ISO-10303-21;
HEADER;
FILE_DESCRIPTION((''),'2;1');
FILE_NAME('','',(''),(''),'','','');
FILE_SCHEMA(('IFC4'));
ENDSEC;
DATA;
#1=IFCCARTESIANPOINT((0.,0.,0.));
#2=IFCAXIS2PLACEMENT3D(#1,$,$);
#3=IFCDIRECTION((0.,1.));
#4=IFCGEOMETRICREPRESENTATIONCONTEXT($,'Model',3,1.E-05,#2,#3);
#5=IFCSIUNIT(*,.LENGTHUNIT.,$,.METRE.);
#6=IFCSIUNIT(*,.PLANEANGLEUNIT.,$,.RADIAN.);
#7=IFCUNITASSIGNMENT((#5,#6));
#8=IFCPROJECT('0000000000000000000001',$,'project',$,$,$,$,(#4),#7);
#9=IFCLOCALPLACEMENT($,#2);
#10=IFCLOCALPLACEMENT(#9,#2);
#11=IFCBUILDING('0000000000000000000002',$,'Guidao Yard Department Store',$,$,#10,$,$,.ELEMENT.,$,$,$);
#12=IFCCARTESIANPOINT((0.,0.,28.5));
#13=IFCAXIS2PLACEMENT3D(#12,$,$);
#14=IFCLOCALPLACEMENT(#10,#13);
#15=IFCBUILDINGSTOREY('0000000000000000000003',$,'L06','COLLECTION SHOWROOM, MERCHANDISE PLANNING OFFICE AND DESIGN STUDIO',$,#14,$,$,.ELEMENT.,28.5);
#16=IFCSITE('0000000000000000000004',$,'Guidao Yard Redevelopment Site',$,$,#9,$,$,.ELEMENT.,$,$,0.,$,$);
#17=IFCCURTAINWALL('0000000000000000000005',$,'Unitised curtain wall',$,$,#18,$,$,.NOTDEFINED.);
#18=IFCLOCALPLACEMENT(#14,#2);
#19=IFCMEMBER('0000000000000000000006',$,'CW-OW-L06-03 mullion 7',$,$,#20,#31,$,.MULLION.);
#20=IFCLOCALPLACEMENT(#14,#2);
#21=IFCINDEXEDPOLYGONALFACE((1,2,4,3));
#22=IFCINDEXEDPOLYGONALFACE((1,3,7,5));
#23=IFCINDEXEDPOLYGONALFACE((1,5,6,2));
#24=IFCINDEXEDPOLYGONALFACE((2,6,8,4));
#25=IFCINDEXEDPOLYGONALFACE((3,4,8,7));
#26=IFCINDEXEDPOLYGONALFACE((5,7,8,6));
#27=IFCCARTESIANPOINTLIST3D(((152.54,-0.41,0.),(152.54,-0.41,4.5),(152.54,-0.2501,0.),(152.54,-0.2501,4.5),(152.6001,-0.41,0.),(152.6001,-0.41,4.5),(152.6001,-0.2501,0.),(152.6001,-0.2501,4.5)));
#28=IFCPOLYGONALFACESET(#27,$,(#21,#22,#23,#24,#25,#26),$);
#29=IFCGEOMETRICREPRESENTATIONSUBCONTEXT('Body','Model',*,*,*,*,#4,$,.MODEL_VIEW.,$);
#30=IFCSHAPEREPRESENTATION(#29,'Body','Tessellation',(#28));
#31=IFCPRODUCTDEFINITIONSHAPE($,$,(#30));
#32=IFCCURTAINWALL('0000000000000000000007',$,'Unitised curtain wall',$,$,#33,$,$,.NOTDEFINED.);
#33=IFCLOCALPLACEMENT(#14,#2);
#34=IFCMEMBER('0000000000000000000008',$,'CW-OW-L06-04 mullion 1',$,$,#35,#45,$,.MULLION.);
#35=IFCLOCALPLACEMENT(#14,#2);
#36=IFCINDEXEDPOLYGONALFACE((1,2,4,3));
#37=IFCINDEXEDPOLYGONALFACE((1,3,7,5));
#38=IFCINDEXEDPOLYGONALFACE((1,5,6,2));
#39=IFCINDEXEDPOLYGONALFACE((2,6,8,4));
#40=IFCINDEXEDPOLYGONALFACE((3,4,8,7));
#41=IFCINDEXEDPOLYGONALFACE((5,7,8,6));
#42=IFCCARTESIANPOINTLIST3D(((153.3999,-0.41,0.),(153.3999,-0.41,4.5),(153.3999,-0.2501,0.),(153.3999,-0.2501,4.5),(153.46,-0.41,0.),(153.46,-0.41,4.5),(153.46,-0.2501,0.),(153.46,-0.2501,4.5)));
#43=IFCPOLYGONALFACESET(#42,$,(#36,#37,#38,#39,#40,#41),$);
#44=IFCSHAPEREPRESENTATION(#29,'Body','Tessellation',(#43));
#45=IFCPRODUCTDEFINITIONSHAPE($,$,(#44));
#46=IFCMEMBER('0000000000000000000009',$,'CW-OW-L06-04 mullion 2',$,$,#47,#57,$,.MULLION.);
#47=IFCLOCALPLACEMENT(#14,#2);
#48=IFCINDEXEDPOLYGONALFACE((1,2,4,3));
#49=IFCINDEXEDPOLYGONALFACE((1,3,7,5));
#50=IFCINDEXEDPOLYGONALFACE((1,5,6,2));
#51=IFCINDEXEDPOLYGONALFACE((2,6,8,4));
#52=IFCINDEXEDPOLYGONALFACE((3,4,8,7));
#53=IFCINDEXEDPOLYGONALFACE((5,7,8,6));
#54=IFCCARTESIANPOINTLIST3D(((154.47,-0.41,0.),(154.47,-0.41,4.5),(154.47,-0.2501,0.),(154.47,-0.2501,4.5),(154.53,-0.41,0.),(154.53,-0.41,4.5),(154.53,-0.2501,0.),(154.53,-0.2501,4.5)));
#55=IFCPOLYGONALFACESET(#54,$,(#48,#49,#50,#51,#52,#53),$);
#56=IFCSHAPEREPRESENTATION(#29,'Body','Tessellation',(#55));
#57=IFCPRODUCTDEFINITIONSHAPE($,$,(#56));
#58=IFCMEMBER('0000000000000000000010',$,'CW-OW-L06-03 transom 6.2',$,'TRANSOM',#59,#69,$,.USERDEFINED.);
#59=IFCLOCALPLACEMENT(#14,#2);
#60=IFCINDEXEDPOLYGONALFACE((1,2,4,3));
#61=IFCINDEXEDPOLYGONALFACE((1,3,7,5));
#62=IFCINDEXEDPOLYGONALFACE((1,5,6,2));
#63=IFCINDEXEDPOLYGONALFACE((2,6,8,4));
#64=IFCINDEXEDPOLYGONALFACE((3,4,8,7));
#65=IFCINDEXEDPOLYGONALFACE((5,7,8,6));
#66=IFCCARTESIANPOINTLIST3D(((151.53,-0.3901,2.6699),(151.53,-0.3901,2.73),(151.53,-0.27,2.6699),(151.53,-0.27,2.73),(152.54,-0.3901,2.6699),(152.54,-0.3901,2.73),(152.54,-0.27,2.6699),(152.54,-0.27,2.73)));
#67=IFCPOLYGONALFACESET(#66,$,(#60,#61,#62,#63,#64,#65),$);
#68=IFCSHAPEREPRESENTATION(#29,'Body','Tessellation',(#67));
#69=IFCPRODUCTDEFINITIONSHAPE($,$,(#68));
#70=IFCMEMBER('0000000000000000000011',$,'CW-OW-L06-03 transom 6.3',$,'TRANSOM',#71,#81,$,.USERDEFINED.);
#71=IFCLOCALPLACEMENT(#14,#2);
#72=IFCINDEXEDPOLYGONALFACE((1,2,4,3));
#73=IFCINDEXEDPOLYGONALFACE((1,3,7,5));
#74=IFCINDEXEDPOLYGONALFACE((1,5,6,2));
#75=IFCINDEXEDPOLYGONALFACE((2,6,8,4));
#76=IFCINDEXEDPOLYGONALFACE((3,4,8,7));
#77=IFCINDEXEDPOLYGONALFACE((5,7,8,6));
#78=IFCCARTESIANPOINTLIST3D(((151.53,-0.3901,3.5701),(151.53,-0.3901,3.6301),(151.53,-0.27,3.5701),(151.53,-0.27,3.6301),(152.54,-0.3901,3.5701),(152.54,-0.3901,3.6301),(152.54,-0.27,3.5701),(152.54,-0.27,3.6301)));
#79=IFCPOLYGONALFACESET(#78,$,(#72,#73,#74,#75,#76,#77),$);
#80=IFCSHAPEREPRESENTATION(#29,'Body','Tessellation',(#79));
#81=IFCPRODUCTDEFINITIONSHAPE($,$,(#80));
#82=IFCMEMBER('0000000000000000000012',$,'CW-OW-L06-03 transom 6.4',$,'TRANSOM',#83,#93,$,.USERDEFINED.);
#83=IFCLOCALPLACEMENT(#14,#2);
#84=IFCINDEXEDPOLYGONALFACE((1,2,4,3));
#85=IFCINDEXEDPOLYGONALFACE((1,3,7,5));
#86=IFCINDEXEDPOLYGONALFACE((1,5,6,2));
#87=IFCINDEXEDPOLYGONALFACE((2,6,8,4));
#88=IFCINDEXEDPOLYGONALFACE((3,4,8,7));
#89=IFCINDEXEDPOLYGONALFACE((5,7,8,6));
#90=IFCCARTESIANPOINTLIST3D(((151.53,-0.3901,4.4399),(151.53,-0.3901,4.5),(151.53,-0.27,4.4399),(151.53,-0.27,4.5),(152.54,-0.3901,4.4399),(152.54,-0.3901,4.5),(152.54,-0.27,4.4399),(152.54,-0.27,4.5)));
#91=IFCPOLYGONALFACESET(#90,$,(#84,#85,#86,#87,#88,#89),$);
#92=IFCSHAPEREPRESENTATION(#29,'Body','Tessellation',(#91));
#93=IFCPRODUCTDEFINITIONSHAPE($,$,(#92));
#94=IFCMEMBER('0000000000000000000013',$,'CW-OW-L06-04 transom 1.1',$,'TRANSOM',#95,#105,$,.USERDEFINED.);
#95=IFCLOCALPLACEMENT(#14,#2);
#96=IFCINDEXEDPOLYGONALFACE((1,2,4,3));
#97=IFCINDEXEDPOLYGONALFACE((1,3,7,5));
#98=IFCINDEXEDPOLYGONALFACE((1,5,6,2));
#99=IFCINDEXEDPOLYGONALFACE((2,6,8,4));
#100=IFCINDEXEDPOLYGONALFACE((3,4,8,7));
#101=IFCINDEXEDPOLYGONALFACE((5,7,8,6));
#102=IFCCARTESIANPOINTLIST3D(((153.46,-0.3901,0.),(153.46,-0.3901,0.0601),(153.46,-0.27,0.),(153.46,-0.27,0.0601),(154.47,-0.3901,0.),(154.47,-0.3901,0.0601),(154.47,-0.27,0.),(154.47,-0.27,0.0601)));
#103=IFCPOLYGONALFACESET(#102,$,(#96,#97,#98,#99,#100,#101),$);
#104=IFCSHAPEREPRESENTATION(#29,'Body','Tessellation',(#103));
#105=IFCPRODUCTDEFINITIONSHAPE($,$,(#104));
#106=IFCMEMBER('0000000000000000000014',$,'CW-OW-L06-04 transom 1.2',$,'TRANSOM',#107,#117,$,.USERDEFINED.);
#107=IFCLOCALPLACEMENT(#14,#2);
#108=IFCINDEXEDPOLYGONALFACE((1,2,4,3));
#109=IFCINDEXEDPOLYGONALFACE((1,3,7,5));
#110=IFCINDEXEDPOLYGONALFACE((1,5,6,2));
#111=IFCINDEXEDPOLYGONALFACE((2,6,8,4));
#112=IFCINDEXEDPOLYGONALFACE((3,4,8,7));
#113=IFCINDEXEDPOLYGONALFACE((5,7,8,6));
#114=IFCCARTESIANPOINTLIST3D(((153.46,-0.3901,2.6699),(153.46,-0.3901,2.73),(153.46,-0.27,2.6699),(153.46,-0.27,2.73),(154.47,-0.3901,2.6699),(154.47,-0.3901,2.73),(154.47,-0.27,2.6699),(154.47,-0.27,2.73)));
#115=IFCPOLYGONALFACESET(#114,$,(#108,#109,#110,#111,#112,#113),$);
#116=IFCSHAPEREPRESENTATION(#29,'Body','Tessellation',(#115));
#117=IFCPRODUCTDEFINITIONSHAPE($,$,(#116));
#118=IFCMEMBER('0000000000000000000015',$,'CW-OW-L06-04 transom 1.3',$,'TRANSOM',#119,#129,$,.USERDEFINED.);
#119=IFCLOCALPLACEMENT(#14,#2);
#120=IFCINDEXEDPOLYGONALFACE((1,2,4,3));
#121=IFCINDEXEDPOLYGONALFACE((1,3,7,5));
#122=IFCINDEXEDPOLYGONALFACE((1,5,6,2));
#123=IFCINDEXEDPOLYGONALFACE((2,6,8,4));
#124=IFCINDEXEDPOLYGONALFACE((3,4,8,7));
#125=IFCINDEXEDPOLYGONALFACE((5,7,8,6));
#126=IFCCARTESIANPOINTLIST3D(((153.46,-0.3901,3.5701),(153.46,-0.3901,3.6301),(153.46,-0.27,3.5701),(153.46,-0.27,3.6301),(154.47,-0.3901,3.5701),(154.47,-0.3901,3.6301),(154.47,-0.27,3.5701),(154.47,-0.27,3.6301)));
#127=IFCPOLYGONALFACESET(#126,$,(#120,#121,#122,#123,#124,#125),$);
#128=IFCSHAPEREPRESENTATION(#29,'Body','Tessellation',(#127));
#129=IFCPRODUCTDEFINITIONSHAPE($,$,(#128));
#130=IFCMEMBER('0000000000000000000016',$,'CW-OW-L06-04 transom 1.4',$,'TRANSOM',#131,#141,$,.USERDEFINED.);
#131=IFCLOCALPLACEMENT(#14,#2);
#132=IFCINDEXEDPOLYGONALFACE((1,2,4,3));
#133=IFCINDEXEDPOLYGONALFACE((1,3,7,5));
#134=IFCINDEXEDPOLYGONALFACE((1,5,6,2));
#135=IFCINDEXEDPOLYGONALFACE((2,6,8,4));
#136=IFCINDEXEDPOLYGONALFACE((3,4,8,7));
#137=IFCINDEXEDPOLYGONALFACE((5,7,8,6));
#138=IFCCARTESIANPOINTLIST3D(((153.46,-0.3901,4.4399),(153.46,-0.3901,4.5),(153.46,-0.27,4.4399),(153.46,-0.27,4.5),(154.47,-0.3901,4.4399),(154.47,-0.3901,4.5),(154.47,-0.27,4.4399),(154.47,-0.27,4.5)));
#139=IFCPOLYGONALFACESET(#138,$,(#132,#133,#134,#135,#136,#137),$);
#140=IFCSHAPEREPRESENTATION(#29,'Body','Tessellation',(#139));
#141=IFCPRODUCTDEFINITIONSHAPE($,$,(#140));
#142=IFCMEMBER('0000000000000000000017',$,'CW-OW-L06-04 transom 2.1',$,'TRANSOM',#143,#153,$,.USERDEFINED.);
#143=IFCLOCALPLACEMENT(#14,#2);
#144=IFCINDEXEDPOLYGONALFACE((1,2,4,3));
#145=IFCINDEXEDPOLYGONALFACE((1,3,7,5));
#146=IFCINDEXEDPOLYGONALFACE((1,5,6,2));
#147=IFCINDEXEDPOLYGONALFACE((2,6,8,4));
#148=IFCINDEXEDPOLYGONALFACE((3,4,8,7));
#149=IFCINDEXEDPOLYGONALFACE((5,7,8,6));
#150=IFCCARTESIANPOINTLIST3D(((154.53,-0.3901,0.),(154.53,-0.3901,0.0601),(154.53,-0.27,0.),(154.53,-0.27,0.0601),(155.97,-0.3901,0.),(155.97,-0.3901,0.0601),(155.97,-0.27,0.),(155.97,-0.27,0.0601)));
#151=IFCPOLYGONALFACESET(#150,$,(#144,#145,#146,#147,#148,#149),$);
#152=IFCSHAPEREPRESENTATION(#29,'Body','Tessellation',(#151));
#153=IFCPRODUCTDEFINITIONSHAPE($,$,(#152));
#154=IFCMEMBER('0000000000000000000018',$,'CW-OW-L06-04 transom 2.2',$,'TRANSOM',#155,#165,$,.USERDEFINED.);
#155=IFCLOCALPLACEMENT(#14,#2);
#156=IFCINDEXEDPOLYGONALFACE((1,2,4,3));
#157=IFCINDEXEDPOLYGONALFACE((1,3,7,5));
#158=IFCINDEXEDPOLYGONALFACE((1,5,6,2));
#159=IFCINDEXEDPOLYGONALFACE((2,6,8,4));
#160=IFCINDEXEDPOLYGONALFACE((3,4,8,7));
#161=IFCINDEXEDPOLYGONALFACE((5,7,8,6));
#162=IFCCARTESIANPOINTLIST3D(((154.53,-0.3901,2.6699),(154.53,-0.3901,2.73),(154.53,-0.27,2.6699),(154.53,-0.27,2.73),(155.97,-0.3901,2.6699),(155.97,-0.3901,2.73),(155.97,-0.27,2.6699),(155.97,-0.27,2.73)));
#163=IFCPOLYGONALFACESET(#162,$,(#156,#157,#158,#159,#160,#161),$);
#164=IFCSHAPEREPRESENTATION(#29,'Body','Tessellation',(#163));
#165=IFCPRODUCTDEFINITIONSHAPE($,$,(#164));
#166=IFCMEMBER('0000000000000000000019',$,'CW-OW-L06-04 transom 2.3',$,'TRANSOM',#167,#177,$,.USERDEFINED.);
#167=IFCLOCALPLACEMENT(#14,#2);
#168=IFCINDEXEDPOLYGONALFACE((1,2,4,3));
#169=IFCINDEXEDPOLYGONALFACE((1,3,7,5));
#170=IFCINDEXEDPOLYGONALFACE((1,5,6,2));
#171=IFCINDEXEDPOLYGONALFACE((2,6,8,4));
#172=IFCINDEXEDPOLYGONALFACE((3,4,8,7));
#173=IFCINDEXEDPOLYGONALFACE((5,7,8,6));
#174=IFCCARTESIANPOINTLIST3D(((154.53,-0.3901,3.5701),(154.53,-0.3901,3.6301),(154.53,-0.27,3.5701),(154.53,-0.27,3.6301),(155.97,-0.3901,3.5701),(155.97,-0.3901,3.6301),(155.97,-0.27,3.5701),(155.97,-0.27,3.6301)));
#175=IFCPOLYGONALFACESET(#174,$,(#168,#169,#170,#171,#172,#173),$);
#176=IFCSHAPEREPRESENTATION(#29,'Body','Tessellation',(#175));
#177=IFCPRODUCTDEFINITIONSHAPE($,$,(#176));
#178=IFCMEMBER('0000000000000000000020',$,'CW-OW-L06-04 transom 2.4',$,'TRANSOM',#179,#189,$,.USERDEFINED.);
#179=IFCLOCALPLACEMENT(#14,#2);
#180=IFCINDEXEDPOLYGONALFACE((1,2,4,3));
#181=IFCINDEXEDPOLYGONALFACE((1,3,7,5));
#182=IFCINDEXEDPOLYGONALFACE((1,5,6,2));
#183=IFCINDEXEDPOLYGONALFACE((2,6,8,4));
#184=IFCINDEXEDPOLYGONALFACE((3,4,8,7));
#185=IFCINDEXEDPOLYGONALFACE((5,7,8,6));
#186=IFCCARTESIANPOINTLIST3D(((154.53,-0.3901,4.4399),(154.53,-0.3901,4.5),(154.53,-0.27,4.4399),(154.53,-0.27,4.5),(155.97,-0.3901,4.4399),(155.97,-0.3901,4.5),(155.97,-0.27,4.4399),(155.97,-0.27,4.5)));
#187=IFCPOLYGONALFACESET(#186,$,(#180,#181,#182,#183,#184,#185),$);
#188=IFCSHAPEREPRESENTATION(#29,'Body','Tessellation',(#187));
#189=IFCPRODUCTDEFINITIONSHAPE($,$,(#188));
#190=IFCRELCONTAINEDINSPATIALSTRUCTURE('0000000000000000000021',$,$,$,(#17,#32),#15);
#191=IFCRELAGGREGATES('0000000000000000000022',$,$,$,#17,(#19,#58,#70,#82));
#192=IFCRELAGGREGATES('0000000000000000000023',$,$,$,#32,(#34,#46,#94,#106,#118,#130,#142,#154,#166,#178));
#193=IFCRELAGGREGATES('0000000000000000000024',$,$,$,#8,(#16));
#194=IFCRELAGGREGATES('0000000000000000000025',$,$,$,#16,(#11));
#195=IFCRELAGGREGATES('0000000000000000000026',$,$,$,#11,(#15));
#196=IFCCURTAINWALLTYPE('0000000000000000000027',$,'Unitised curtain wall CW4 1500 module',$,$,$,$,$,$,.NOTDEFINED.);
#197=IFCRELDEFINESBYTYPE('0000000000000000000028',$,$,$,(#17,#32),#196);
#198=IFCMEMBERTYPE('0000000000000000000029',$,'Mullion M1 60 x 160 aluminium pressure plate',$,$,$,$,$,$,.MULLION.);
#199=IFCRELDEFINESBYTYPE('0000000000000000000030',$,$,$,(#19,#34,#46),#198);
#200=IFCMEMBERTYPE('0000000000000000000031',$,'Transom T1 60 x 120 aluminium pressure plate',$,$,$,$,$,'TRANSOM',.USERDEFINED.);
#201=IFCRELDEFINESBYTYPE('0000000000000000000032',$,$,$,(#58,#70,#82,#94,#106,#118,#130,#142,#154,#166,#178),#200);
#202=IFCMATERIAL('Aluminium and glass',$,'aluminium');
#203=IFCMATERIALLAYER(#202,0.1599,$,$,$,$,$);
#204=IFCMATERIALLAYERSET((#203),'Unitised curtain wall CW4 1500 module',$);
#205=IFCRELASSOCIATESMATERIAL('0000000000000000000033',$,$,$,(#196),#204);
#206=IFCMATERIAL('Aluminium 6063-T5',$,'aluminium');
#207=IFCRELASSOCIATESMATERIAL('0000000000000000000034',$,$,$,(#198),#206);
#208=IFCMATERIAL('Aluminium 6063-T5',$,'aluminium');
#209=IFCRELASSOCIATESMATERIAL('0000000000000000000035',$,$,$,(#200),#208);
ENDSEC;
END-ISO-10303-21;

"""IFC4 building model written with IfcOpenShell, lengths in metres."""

from ifc_helpers import new_model, si_unit, direction, frame, origin, origin_2d, place, context, subcontext, project, spatial, rectangle, extrude, material, layer, layer_set, material_profile, profile_set, type_object, element, aggregate, save


model = new_model("IFC4")

# Units and contexts
model_context = context("Model", 3, precision=1e-05, world=origin(), true_north=direction((0.0, 1.0)))
body_context = subcontext(model_context, "Body", "Model", "MODEL_VIEW")
ifc_project = project(units=[si_unit("LENGTHUNIT", "METRE"), si_unit("PLANEANGLEUNIT", "RADIAN")], contexts=[model_context])

# Site, building, storey
site_placement = place(None, origin())
site = spatial("IfcSite", under=ifc_project, at=site_placement, Name="Guidao Yard Redevelopment Site", CompositionType="ELEMENT", RefElevation=0.0)
building_placement = place(site_placement, origin())
building = spatial("IfcBuilding", under=site, at=building_placement, Name="Guidao Yard Department Store", CompositionType="ELEMENT")
storey_placement = place(building_placement, frame((0.0, 0.0, 28.5)))
storey = spatial("IfcBuildingStorey", under=building, at=storey_placement, Name="L06", Description="COLLECTION SHOWROOM, MERCHANDISE PLANNING OFFICE AND DESIGN STUDIO", CompositionType="ELEMENT", Elevation=28.5)

# Curtain wall, member
ifc_material_1 = material(Name="Aluminium and glass", Category="aluminium")
ifc_layer_1 = layer(ifc_material_1, 0.1599)
ifc_layer_set_1 = layer_set([ifc_layer_1], Name="Unitised curtain wall CW4 1500 module")
curtain_wall_type = type_object("IfcCurtainWallType", Name="Unitised curtain wall CW4 1500 module", PredefinedType="NOTDEFINED", material=ifc_layer_set_1)
curtain_wall_1_placement = place(storey_placement, origin())
curtain_wall_1 = element("IfcCurtainWall", 1, at=curtain_wall_1_placement, inside=storey, type_object=curtain_wall_type, Name="Unitised curtain wall", PredefinedType="NOTDEFINED")
ifc_material_2 = material(Name="Aluminium 6063-T5", Category="aluminium")
ifc_material_profile_1 = material_profile(ifc_material_2, rectangle(XDim=0.0601, YDim=0.1599, at=origin_2d()), Name="Mullion M1 60 x 160 aluminium pressure plate")
ifc_profile_set_1 = profile_set([ifc_material_profile_1], Name="Aluminium 6063-T5")
member_type_1 = type_object("IfcMemberType", Name="Mullion M1 60 x 160 aluminium pressure plate", PredefinedType="MULLION", material=ifc_profile_set_1)
member_1_placement = place(storey_placement, frame((152.5701, -0.3301, 0.0), z_axis=(0.0, 0.0, 1.0), x_axis=(-1.0, 0.0, 0.0)))
member_1 = element("IfcMember", 2, at=member_1_placement, type_object=member_type_1, Name="CW-OW-L06-03 mullion 7", PredefinedType="MULLION", context=body_context, shape_type="SweptSolid", body=[
    extrude(rectangle(XDim=0.0601, YDim=0.1599, at=origin_2d()), origin(), (0.0, 0.0, 1.0), 4.5),
])

# Curtain wall, members
curtain_wall_2_placement = place(storey_placement, origin())
curtain_wall_2 = element("IfcCurtainWall", 3, at=curtain_wall_2_placement, inside=storey, type_object=curtain_wall_type, Name="Unitised curtain wall", PredefinedType="NOTDEFINED")
member_2_placement = place(storey_placement, frame((153.4299, -0.3301, 0.0), z_axis=(0.0, 0.0, 1.0), x_axis=(-1.0, 0.0, 0.0)))
member_2 = element("IfcMember", 4, at=member_2_placement, type_object=member_type_1, Name="CW-OW-L06-04 mullion 1", PredefinedType="MULLION", context=body_context, shape_type="SweptSolid", body=[
    extrude(rectangle(XDim=0.0601, YDim=0.1599, at=origin_2d()), origin(), (0.0, 0.0, 1.0), 4.5),
])
member_3_placement = place(storey_placement, frame((154.5, -0.3301, 0.0), z_axis=(0.0, 0.0, 1.0), x_axis=(-1.0, 0.0, 0.0)))
member_3 = element("IfcMember", 5, at=member_3_placement, type_object=member_type_1, Name="CW-OW-L06-04 mullion 2", PredefinedType="MULLION", context=body_context, shape_type="SweptSolid", body=[
    extrude(rectangle(XDim=0.0601, YDim=0.1599, at=origin_2d()), origin(), (0.0, 0.0, 1.0), 4.5),
])

# Members
ifc_material_3 = material(Name="Aluminium 6063-T5", Category="aluminium")
ifc_material_profile_2 = material_profile(ifc_material_3, rectangle(XDim=0.1201, YDim=0.0601, at=origin_2d()), Name="Transom T1 60 x 120 aluminium pressure plate")
ifc_profile_set_2 = profile_set([ifc_material_profile_2], Name="Aluminium 6063-T5")
member_type_2 = type_object("IfcMemberType", Name="Transom T1 60 x 120 aluminium pressure plate", ElementType="TRANSOM", PredefinedType="USERDEFINED", material=ifc_profile_set_2)
member_4_placement = place(storey_placement, frame((152.54, -0.3301, 2.7), z_axis=(-1.0, 0.0, 0.0), x_axis=(0.0, -1.0, 0.0)))
member_4 = element("IfcMember", 6, at=member_4_placement, type_object=member_type_2, Name="CW-OW-L06-03 transom 6.2", ObjectType="TRANSOM", PredefinedType="USERDEFINED", context=body_context, shape_type="SweptSolid", body=[
    extrude(rectangle(XDim=0.1201, YDim=0.0601, at=origin_2d()), origin(), (0.0, 0.0, 1.0), 1.01),
])
member_5_placement = place(storey_placement, frame((152.54, -0.3301, 3.6001), z_axis=(-1.0, 0.0, 0.0), x_axis=(0.0, -1.0, 0.0)))
member_5 = element("IfcMember", 7, at=member_5_placement, type_object=member_type_2, Name="CW-OW-L06-03 transom 6.3", ObjectType="TRANSOM", PredefinedType="USERDEFINED", context=body_context, shape_type="SweptSolid", body=[
    extrude(rectangle(XDim=0.1201, YDim=0.0601, at=origin_2d()), origin(), (0.0, 0.0, 1.0), 1.01),
])
member_6_placement = place(storey_placement, frame((152.54, -0.3301, 4.47), z_axis=(-1.0, 0.0, 0.0), x_axis=(0.0, -1.0, 0.0)))
member_6 = element("IfcMember", 8, at=member_6_placement, type_object=member_type_2, Name="CW-OW-L06-03 transom 6.4", ObjectType="TRANSOM", PredefinedType="USERDEFINED", context=body_context, shape_type="SweptSolid", body=[
    extrude(rectangle(XDim=0.1201, YDim=0.0601, at=origin_2d()), origin(), (0.0, 0.0, 1.0), 1.01),
])
aggregate(curtain_wall_1, [member_1, member_4, member_5, member_6])
member_7_placement = place(storey_placement, frame((154.47, -0.3301, 0.03), z_axis=(-1.0, 0.0, 0.0), x_axis=(0.0, -1.0, 0.0)))
member_7 = element("IfcMember", 9, at=member_7_placement, type_object=member_type_2, Name="CW-OW-L06-04 transom 1.1", ObjectType="TRANSOM", PredefinedType="USERDEFINED", context=body_context, shape_type="SweptSolid", body=[
    extrude(rectangle(XDim=0.1201, YDim=0.0601, at=origin_2d()), origin(), (0.0, 0.0, 1.0), 1.01),
])
member_8_placement = place(storey_placement, frame((154.47, -0.3301, 2.7), z_axis=(-1.0, 0.0, 0.0), x_axis=(0.0, -1.0, 0.0)))
member_8 = element("IfcMember", 10, at=member_8_placement, type_object=member_type_2, Name="CW-OW-L06-04 transom 1.2", ObjectType="TRANSOM", PredefinedType="USERDEFINED", context=body_context, shape_type="SweptSolid", body=[
    extrude(rectangle(XDim=0.1201, YDim=0.0601, at=origin_2d()), origin(), (0.0, 0.0, 1.0), 1.01),
])
member_9_placement = place(storey_placement, frame((154.47, -0.3301, 3.6001), z_axis=(-1.0, 0.0, 0.0), x_axis=(0.0, -1.0, 0.0)))
member_9 = element("IfcMember", 11, at=member_9_placement, type_object=member_type_2, Name="CW-OW-L06-04 transom 1.3", ObjectType="TRANSOM", PredefinedType="USERDEFINED", context=body_context, shape_type="SweptSolid", body=[
    extrude(rectangle(XDim=0.1201, YDim=0.0601, at=origin_2d()), origin(), (0.0, 0.0, 1.0), 1.01),
])
member_10_placement = place(storey_placement, frame((154.47, -0.3301, 4.47), z_axis=(-1.0, 0.0, 0.0), x_axis=(0.0, -1.0, 0.0)))
member_10 = element("IfcMember", 12, at=member_10_placement, type_object=member_type_2, Name="CW-OW-L06-04 transom 1.4", ObjectType="TRANSOM", PredefinedType="USERDEFINED", context=body_context, shape_type="SweptSolid", body=[
    extrude(rectangle(XDim=0.1201, YDim=0.0601, at=origin_2d()), origin(), (0.0, 0.0, 1.0), 1.01),
])
member_11_placement = place(storey_placement, frame((155.97, -0.3301, 0.03), z_axis=(-1.0, 0.0, 0.0), x_axis=(0.0, -1.0, 0.0)))
member_11 = element("IfcMember", 13, at=member_11_placement, type_object=member_type_2, Name="CW-OW-L06-04 transom 2.1", ObjectType="TRANSOM", PredefinedType="USERDEFINED", context=body_context, shape_type="SweptSolid", body=[
    extrude(rectangle(XDim=0.1201, YDim=0.0601, at=origin_2d()), origin(), (0.0, 0.0, 1.0), 1.4399),
])
member_12_placement = place(storey_placement, frame((155.97, -0.3301, 2.7), z_axis=(-1.0, 0.0, 0.0), x_axis=(0.0, -1.0, 0.0)))
member_12 = element("IfcMember", 14, at=member_12_placement, type_object=member_type_2, Name="CW-OW-L06-04 transom 2.2", ObjectType="TRANSOM", PredefinedType="USERDEFINED", context=body_context, shape_type="SweptSolid", body=[
    extrude(rectangle(XDim=0.1201, YDim=0.0601, at=origin_2d()), origin(), (0.0, 0.0, 1.0), 1.4399),
])
member_13_placement = place(storey_placement, frame((155.97, -0.3301, 3.6001), z_axis=(-1.0, 0.0, 0.0), x_axis=(0.0, -1.0, 0.0)))
member_13 = element("IfcMember", 15, at=member_13_placement, type_object=member_type_2, Name="CW-OW-L06-04 transom 2.3", ObjectType="TRANSOM", PredefinedType="USERDEFINED", context=body_context, shape_type="SweptSolid", body=[
    extrude(rectangle(XDim=0.1201, YDim=0.0601, at=origin_2d()), origin(), (0.0, 0.0, 1.0), 1.4399),
])
member_14_placement = place(storey_placement, frame((155.97, -0.3301, 4.47), z_axis=(-1.0, 0.0, 0.0), x_axis=(0.0, -1.0, 0.0)))
member_14 = element("IfcMember", 16, at=member_14_placement, type_object=member_type_2, Name="CW-OW-L06-04 transom 2.4", ObjectType="TRANSOM", PredefinedType="USERDEFINED", context=body_context, shape_type="SweptSolid", body=[
    extrude(rectangle(XDim=0.1201, YDim=0.0601, at=origin_2d()), origin(), (0.0, 0.0, 1.0), 1.4399),
])

aggregate(curtain_wall_2, [member_2, member_3, member_7, member_8, member_9, member_10, member_11, member_12, member_13, member_14])

save(model, "model.ifc")
